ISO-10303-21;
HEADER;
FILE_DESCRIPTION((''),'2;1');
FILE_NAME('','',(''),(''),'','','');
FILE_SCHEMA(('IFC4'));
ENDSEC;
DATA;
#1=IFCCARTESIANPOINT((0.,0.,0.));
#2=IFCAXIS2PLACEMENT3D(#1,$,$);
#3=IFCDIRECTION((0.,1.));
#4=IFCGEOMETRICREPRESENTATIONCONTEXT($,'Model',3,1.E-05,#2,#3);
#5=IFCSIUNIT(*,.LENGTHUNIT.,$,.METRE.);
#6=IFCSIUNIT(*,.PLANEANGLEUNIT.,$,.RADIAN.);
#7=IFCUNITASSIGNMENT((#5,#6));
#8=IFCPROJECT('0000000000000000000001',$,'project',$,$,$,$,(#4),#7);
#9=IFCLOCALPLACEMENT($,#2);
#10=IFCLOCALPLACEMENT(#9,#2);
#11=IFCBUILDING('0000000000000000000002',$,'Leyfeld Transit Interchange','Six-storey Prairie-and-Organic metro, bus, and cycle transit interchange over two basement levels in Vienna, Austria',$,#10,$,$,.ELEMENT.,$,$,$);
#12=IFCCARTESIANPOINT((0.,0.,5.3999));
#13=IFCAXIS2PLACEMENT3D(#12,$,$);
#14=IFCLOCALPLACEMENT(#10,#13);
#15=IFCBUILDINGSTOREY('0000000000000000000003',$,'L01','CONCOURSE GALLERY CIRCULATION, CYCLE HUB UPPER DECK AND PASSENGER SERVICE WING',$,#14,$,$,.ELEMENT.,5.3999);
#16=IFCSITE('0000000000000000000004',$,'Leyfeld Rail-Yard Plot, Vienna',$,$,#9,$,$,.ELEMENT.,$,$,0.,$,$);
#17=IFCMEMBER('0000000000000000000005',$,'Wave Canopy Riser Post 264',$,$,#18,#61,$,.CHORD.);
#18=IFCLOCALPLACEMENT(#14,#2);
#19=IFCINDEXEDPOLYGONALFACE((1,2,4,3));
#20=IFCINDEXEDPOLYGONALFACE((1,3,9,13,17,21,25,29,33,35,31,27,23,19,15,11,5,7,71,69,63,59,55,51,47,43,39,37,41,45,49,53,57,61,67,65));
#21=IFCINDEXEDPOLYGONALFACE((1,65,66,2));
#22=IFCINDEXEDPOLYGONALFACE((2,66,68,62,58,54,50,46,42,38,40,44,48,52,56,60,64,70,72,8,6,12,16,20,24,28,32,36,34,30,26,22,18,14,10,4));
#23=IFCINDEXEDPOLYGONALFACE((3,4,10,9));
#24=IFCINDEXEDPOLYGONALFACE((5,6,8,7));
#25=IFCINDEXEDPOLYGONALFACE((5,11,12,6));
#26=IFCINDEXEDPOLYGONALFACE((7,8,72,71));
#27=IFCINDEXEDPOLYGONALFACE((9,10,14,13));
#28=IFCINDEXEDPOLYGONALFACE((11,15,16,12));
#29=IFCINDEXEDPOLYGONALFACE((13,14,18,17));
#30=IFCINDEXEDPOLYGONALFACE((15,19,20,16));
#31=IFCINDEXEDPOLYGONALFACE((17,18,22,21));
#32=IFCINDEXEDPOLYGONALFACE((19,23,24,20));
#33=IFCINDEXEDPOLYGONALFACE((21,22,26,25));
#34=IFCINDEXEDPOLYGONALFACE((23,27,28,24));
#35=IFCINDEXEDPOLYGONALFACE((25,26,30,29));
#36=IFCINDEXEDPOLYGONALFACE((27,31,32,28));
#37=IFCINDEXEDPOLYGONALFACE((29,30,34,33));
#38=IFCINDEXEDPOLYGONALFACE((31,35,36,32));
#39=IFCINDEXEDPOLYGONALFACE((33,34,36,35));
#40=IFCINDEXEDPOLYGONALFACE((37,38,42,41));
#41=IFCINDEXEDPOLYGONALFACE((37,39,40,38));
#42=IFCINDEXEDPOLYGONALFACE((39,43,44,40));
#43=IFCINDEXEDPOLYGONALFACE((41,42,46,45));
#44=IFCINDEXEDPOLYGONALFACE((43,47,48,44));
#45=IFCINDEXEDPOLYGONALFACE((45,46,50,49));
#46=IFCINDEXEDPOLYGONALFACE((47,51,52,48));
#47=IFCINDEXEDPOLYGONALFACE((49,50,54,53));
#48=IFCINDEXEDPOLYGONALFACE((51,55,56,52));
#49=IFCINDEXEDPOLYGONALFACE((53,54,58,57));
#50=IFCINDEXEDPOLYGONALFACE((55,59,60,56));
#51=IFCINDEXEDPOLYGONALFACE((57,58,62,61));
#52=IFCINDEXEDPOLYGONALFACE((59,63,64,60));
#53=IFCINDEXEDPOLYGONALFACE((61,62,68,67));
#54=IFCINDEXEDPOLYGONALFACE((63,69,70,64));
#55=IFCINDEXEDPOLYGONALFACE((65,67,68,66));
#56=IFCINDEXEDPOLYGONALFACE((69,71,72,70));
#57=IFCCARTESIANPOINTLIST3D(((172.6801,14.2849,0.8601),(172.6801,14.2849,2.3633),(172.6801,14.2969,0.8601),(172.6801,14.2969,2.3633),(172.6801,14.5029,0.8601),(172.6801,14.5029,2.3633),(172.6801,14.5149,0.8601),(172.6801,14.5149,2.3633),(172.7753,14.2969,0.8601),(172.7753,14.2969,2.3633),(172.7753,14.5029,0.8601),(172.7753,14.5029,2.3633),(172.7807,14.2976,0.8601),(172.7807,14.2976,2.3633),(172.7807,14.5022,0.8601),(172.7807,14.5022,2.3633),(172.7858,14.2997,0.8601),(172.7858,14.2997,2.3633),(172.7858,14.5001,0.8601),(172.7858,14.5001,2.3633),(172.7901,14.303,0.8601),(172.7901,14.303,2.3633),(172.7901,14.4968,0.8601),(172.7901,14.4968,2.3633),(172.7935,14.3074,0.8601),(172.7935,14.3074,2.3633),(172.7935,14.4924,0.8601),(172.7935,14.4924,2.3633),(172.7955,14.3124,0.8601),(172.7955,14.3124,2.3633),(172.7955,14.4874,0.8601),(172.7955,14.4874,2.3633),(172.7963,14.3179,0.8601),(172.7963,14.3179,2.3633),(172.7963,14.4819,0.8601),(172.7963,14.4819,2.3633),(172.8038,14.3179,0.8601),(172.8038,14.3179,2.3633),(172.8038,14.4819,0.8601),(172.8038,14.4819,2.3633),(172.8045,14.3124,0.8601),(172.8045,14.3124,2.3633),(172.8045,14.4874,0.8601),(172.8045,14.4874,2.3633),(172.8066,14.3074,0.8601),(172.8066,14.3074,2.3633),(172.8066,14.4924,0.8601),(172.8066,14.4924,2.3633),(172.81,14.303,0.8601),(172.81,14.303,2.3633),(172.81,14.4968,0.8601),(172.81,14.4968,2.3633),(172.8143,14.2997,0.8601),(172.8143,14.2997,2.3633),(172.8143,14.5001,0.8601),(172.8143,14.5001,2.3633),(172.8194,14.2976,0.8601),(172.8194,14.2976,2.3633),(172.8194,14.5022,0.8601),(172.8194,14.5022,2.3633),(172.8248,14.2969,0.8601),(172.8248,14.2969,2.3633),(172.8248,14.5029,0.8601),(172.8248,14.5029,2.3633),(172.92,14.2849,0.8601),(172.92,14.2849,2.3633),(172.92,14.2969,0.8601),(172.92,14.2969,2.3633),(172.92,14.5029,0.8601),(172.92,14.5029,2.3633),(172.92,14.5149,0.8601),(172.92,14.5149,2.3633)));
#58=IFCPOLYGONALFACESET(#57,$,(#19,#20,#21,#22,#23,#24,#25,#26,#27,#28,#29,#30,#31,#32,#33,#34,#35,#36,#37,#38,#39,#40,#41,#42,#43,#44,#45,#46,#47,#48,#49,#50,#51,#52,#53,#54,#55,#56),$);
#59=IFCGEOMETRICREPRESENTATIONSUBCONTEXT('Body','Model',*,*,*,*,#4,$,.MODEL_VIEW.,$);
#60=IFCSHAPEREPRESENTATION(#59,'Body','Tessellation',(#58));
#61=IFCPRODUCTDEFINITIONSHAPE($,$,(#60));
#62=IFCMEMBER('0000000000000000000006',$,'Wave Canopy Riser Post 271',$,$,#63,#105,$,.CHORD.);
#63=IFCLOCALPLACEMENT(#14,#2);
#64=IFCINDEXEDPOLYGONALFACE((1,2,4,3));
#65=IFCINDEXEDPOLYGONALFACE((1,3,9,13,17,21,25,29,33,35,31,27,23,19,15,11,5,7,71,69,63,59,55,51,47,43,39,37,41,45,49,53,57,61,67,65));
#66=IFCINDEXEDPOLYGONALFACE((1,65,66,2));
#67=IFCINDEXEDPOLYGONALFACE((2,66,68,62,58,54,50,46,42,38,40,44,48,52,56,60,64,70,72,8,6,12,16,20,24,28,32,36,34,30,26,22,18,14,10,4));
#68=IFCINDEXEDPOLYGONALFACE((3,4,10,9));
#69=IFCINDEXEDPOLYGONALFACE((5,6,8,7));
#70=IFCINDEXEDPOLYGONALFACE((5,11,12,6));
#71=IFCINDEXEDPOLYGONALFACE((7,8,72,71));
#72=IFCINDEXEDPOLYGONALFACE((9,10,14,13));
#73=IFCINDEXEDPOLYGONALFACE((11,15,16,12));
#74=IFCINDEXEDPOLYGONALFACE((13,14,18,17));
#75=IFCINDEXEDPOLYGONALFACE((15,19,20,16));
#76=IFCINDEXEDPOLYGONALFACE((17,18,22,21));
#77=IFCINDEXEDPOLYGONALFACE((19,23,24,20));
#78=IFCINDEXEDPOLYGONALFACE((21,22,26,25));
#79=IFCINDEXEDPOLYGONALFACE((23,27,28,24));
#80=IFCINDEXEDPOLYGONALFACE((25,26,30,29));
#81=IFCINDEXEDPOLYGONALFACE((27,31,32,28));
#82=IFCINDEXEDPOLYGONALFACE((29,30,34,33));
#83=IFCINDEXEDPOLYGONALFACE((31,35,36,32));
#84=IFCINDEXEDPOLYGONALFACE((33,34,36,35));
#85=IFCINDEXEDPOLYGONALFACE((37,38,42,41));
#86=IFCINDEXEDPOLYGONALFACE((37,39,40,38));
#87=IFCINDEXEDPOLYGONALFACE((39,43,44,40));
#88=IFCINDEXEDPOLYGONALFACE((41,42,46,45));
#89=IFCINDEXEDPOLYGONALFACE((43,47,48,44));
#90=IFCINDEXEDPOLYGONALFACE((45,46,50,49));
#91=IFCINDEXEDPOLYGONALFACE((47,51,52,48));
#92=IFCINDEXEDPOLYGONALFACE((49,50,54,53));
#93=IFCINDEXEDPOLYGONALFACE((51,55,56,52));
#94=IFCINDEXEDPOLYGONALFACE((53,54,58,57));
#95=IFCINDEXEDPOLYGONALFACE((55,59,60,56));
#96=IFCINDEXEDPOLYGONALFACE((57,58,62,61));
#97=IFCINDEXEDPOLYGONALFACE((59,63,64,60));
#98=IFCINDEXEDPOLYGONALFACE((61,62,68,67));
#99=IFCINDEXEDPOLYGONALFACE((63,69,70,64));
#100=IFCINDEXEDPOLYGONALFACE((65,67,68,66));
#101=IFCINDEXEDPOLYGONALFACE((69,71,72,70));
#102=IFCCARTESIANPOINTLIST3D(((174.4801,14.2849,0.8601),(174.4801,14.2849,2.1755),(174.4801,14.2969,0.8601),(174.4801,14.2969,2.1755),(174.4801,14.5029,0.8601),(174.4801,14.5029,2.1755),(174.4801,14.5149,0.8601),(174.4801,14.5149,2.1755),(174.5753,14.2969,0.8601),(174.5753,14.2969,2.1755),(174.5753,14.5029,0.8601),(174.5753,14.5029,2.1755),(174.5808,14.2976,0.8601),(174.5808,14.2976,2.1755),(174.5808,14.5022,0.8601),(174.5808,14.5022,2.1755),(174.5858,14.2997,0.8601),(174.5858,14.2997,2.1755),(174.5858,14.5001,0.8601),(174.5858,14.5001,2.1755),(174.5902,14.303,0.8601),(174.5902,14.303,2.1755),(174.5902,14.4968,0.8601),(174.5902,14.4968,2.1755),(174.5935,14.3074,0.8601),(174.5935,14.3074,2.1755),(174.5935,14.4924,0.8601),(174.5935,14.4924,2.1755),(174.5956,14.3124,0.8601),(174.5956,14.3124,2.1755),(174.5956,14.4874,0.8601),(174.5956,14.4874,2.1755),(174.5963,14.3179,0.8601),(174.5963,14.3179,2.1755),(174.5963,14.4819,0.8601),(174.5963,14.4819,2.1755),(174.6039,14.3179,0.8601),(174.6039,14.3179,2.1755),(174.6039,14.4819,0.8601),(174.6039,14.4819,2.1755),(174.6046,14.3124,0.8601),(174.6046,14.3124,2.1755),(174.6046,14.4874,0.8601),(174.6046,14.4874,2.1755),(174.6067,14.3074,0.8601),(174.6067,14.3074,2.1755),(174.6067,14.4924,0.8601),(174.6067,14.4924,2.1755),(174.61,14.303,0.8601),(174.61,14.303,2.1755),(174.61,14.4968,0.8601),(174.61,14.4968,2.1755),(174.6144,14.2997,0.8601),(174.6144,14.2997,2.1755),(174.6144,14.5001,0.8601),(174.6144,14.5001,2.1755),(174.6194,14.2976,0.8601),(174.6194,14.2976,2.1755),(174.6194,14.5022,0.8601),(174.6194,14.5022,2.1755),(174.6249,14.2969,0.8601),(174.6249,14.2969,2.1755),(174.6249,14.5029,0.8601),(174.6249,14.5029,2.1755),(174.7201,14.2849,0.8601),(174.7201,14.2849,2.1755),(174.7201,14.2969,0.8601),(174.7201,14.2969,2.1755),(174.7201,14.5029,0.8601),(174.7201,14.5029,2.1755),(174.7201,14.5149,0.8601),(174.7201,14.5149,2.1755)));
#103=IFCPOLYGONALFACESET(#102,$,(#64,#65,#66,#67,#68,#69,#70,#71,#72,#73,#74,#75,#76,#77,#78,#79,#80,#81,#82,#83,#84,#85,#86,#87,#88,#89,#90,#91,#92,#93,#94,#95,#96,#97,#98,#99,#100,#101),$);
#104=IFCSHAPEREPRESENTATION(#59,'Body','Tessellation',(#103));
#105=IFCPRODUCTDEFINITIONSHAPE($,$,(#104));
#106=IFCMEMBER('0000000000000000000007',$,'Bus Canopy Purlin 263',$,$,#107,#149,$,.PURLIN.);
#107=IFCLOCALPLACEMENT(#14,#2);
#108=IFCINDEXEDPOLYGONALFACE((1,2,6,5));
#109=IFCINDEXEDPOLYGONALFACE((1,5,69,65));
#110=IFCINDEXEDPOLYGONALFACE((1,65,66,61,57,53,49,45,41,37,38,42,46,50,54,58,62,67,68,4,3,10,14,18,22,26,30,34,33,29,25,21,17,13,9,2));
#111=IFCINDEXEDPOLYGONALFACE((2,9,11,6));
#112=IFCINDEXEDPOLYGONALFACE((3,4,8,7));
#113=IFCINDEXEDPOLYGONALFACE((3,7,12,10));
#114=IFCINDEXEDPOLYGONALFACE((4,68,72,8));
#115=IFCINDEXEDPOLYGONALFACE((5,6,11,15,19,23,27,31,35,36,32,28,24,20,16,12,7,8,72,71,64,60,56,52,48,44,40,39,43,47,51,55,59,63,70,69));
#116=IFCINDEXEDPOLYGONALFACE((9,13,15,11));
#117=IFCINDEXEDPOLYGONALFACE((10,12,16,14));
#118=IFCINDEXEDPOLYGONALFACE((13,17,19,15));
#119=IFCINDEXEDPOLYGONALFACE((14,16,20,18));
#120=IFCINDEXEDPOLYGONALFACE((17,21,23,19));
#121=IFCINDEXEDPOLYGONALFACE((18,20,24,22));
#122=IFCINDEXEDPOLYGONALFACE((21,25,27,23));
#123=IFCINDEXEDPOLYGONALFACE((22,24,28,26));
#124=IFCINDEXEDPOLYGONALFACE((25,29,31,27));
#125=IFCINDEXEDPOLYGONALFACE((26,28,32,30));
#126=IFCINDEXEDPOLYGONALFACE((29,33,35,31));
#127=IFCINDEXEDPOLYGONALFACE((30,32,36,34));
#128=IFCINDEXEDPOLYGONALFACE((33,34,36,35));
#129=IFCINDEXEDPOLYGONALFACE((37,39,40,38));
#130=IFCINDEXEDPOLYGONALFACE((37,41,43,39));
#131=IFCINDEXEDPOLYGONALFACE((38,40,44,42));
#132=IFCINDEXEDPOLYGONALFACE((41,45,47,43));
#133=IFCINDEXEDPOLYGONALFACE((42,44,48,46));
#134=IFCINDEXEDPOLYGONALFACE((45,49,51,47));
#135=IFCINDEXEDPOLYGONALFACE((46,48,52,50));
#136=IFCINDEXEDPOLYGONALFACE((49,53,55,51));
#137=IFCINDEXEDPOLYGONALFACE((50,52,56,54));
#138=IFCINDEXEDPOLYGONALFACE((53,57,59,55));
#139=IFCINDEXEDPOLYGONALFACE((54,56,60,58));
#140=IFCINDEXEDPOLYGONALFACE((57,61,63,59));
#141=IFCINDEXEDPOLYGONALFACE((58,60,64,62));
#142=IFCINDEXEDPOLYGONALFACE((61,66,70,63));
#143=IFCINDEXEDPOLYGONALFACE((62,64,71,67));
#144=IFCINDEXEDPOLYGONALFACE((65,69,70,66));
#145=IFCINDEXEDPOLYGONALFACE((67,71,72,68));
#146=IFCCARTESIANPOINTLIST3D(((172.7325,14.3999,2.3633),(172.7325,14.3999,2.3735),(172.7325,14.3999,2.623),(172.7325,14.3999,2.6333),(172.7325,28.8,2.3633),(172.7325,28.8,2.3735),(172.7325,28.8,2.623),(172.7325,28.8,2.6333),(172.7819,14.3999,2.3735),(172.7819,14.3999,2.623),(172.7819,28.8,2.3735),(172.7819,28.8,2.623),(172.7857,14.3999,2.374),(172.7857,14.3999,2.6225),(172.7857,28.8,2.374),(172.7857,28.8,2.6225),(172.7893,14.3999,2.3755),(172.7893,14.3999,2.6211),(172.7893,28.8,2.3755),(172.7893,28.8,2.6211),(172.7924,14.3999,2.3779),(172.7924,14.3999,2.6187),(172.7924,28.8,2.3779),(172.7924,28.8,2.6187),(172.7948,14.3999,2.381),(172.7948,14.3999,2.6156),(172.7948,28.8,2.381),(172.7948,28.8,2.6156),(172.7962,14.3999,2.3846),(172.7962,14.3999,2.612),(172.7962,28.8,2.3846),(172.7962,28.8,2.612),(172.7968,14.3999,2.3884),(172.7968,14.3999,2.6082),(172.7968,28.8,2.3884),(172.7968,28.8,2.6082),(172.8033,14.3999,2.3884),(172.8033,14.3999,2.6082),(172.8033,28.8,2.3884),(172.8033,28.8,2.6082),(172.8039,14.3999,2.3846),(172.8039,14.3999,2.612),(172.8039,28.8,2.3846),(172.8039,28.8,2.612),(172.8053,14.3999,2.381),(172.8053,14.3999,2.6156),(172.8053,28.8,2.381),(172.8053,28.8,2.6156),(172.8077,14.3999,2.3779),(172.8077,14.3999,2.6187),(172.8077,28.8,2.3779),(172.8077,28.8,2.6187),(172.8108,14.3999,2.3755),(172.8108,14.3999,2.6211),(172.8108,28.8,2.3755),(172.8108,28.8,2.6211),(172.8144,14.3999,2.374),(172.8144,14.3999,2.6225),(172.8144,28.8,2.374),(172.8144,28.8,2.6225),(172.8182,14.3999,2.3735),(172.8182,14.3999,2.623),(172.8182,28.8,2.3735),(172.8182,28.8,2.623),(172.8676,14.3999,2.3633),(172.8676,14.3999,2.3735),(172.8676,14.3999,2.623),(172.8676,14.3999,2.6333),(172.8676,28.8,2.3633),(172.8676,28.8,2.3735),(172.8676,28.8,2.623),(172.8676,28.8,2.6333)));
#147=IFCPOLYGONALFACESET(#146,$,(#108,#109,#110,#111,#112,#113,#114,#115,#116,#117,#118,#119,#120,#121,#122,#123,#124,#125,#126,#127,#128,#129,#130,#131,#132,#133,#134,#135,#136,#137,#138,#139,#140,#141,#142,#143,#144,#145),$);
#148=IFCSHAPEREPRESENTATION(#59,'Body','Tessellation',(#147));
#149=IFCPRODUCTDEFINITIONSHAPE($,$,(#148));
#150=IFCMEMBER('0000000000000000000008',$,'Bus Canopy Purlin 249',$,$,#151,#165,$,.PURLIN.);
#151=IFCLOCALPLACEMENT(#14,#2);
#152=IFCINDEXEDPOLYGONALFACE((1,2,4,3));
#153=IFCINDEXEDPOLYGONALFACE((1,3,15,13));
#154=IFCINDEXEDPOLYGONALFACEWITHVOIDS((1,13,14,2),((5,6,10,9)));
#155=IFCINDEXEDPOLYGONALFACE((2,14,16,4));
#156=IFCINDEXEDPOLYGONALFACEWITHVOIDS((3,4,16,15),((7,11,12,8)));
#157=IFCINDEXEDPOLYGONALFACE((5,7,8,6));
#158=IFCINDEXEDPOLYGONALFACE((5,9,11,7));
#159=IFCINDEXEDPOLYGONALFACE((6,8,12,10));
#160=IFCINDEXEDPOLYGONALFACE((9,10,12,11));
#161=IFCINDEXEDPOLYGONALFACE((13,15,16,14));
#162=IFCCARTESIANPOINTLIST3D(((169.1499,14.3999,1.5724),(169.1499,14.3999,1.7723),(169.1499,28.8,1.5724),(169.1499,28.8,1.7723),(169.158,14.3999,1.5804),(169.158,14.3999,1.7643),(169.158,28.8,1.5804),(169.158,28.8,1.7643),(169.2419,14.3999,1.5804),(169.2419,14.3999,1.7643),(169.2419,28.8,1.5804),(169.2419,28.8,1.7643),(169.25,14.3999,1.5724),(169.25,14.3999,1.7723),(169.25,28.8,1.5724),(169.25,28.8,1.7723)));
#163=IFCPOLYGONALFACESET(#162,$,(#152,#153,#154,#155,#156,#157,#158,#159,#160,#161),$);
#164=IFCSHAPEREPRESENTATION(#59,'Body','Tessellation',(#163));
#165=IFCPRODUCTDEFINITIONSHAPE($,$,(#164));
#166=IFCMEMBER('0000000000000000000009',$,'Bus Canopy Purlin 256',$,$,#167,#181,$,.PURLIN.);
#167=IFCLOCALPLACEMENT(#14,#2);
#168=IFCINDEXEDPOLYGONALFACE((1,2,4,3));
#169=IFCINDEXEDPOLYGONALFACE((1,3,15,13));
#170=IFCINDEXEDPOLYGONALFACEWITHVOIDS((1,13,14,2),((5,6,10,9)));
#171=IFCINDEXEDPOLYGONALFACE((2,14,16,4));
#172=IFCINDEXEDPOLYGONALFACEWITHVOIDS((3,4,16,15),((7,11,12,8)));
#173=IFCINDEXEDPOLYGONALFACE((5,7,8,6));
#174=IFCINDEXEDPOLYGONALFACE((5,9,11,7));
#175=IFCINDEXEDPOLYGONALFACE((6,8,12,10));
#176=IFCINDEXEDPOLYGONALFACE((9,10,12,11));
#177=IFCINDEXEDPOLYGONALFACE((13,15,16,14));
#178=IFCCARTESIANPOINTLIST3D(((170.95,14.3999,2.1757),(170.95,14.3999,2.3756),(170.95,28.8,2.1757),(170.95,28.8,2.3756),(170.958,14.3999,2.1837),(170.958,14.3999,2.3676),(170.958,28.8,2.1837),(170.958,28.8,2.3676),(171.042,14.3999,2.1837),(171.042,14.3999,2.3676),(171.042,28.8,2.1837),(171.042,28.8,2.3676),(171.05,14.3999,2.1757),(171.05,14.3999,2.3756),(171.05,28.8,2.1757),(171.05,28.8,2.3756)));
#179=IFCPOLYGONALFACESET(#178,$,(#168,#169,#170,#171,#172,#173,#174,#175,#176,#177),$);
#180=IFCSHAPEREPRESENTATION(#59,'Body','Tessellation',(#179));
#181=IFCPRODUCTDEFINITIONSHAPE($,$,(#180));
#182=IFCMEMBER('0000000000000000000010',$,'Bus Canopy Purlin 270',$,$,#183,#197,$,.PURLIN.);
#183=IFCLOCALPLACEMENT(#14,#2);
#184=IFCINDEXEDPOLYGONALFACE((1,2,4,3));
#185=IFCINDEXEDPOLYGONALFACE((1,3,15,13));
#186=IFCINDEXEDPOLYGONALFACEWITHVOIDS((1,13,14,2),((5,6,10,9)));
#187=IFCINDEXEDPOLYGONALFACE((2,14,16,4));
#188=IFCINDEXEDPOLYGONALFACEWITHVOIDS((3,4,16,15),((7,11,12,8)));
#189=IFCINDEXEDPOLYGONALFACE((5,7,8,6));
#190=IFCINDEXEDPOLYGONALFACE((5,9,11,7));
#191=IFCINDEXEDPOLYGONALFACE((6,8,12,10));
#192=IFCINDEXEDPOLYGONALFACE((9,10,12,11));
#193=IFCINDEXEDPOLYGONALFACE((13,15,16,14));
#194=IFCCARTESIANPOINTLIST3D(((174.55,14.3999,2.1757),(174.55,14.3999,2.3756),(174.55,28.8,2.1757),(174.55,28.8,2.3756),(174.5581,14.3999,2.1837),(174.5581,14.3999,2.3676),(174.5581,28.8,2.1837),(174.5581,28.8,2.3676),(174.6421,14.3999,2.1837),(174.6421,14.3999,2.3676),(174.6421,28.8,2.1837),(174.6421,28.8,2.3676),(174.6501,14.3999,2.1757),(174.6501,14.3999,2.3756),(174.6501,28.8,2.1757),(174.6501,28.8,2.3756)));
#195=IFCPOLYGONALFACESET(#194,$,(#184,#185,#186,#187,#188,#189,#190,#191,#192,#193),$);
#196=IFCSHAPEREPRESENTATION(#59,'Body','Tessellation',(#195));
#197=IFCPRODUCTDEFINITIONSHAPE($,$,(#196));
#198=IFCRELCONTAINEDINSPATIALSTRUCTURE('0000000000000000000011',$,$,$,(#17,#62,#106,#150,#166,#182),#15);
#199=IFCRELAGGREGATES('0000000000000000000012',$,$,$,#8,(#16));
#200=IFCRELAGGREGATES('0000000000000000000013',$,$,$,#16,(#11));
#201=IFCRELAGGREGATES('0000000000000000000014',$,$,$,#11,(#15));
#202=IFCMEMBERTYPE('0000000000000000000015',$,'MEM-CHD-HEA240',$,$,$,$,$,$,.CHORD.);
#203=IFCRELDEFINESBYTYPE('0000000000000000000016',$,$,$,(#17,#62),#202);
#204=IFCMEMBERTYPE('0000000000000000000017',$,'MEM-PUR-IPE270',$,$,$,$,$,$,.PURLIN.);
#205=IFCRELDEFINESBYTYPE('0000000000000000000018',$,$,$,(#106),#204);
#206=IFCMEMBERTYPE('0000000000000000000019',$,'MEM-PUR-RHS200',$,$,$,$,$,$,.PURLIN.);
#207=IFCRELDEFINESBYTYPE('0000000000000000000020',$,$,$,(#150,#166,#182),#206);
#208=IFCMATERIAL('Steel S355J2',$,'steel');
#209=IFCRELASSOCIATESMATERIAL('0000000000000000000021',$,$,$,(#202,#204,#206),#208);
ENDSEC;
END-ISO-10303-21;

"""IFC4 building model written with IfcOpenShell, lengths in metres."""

from ifc_helpers import new_model, si_unit, direction, frame, origin, origin_2d, place, context, subcontext, project, spatial, hollow_rectangle, i_section, extrude, material, material_profile, profile_set, type_object, element, save


model = new_model("IFC4")

# Units and contexts
model_context = context("Model", 3, precision=1e-05, world=origin(), true_north=direction((0.0, 1.0)))
body_context = subcontext(model_context, "Body", "Model", "MODEL_VIEW")
ifc_project = project(units=[si_unit("LENGTHUNIT", "METRE"), si_unit("PLANEANGLEUNIT", "RADIAN")], contexts=[model_context])

# Site, building, storey
site_placement = place(None, origin())
site = spatial("IfcSite", under=ifc_project, at=site_placement, Name="Leyfeld Rail-Yard Plot, Vienna", CompositionType="ELEMENT", RefElevation=0.0)
building_placement = place(site_placement, origin())
building = spatial("IfcBuilding", under=site, at=building_placement, Name="Leyfeld Transit Interchange", Description="Six-storey Prairie-and-Organic metro, bus, and cycle transit interchange over two basement levels in Vienna, Austria", CompositionType="ELEMENT")
storey_placement = place(building_placement, frame((0.0, 0.0, 5.3999)))
storey = spatial("IfcBuildingStorey", under=building, at=storey_placement, Name="L01", Description="CONCOURSE GALLERY CIRCULATION, CYCLE HUB UPPER DECK AND PASSENGER SERVICE WING", CompositionType="ELEMENT", Elevation=5.3999)

# Shared definitions
ifc_material_1 = material(Name="Steel S355J2", Category="steel")

# Members
ifc_material_profile_1 = material_profile(ifc_material_1, i_section(OverallWidth=0.24, OverallDepth=0.23, WebThickness=0.0076, FlangeThickness=0.012, FilletRadius=0.021, at=origin_2d()), Name="HEA 240")
ifc_profile_set_1 = profile_set([ifc_material_profile_1], Name="Steel S355J2")
member_type_1 = type_object("IfcMemberType", Name="MEM-CHD-HEA240", PredefinedType="CHORD", material=ifc_profile_set_1)
member_1_placement = place(storey_placement, frame((172.8, 14.3999, 0.8601), z_axis=(0.0, 0.0, 1.0), x_axis=(1.0, 0.0, 0.0)))
element("IfcMember", 1, at=member_1_placement, inside=storey, type_object=member_type_1, Name="Wave Canopy Riser Post 264", PredefinedType="CHORD", context=body_context, shape_type="SweptSolid", body=[
    extrude(i_section(OverallWidth=0.24, OverallDepth=0.23, WebThickness=0.0076, FlangeThickness=0.012, FilletRadius=0.021, at=origin_2d()), origin(), (0.0, 0.0, 1.0), 1.5032),
])
member_2_placement = place(storey_placement, frame((174.6001, 14.3999, 0.8601), z_axis=(0.0, 0.0, 1.0), x_axis=(1.0, 0.0, 0.0)))
element("IfcMember", 2, at=member_2_placement, inside=storey, type_object=member_type_1, Name="Wave Canopy Riser Post 271", PredefinedType="CHORD", context=body_context, shape_type="SweptSolid", body=[
    extrude(i_section(OverallWidth=0.24, OverallDepth=0.23, WebThickness=0.0076, FlangeThickness=0.012, FilletRadius=0.021, at=origin_2d()), origin(), (0.0, 0.0, 1.0), 1.3154),
])
ifc_material_profile_2 = material_profile(ifc_material_1, i_section(OverallWidth=0.135, OverallDepth=0.27, WebThickness=0.0066, FlangeThickness=0.0103, FilletRadius=0.0149, at=origin_2d()), Name="IPE 270")
ifc_profile_set_2 = profile_set([ifc_material_profile_2], Name="Steel S355J2")
member_type_2 = type_object("IfcMemberType", Name="MEM-PUR-IPE270", PredefinedType="PURLIN", material=ifc_profile_set_2)
member_3_placement = place(storey_placement, frame((172.8, 14.3999, 2.4983), z_axis=(0.0, 1.0, 0.0), x_axis=(-1.0, 0.0, 0.0)))
element("IfcMember", 3, at=member_3_placement, inside=storey, type_object=member_type_2, Name="Bus Canopy Purlin 263", PredefinedType="PURLIN", context=body_context, shape_type="SweptSolid", body=[
    extrude(i_section(OverallWidth=0.135, OverallDepth=0.27, WebThickness=0.0066, FlangeThickness=0.0103, FilletRadius=0.0149, at=origin_2d()), origin(), (0.0, 0.0, 1.0), 14.4001),
])
ifc_material_profile_3 = material_profile(ifc_material_1, hollow_rectangle(XDim=0.1001, YDim=0.2, WallThickness=0.0081, at=origin_2d()), Name="RHS 200x100x8")
ifc_profile_set_3 = profile_set([ifc_material_profile_3], Name="Steel S355J2")
member_type_3 = type_object("IfcMemberType", Name="MEM-PUR-RHS200", PredefinedType="PURLIN", material=ifc_profile_set_3)
for number, where, z_axis, x_axis, name in (
    (4, (169.2, 14.3999, 1.6724), (0.0, 1.0, 0.0), (-1.0, 0.0, 0.0), "Bus Canopy Purlin 249"),
    (5, (171.0, 14.3999, 2.2756), (0.0, 1.0, 0.0), (-1.0, 0.0, 0.0), "Bus Canopy Purlin 256"),
    (6, (174.6001, 14.3999, 2.2756), (0.0, 1.0, 0.0), (-1.0, 0.0, 0.0), "Bus Canopy Purlin 270"),
):
    element("IfcMember", number, at=place(storey_placement, frame(where, z_axis=z_axis, x_axis=x_axis)), inside=storey, type_object=member_type_3, Name=name, PredefinedType="PURLIN", context=body_context, shape_type="SweptSolid", body=[
        extrude(hollow_rectangle(XDim=0.1001, YDim=0.2, WallThickness=0.0081, at=origin_2d()), origin(), (0.0, 0.0, 1.0), 14.4001),
    ])

save(model, "model.ifc")
